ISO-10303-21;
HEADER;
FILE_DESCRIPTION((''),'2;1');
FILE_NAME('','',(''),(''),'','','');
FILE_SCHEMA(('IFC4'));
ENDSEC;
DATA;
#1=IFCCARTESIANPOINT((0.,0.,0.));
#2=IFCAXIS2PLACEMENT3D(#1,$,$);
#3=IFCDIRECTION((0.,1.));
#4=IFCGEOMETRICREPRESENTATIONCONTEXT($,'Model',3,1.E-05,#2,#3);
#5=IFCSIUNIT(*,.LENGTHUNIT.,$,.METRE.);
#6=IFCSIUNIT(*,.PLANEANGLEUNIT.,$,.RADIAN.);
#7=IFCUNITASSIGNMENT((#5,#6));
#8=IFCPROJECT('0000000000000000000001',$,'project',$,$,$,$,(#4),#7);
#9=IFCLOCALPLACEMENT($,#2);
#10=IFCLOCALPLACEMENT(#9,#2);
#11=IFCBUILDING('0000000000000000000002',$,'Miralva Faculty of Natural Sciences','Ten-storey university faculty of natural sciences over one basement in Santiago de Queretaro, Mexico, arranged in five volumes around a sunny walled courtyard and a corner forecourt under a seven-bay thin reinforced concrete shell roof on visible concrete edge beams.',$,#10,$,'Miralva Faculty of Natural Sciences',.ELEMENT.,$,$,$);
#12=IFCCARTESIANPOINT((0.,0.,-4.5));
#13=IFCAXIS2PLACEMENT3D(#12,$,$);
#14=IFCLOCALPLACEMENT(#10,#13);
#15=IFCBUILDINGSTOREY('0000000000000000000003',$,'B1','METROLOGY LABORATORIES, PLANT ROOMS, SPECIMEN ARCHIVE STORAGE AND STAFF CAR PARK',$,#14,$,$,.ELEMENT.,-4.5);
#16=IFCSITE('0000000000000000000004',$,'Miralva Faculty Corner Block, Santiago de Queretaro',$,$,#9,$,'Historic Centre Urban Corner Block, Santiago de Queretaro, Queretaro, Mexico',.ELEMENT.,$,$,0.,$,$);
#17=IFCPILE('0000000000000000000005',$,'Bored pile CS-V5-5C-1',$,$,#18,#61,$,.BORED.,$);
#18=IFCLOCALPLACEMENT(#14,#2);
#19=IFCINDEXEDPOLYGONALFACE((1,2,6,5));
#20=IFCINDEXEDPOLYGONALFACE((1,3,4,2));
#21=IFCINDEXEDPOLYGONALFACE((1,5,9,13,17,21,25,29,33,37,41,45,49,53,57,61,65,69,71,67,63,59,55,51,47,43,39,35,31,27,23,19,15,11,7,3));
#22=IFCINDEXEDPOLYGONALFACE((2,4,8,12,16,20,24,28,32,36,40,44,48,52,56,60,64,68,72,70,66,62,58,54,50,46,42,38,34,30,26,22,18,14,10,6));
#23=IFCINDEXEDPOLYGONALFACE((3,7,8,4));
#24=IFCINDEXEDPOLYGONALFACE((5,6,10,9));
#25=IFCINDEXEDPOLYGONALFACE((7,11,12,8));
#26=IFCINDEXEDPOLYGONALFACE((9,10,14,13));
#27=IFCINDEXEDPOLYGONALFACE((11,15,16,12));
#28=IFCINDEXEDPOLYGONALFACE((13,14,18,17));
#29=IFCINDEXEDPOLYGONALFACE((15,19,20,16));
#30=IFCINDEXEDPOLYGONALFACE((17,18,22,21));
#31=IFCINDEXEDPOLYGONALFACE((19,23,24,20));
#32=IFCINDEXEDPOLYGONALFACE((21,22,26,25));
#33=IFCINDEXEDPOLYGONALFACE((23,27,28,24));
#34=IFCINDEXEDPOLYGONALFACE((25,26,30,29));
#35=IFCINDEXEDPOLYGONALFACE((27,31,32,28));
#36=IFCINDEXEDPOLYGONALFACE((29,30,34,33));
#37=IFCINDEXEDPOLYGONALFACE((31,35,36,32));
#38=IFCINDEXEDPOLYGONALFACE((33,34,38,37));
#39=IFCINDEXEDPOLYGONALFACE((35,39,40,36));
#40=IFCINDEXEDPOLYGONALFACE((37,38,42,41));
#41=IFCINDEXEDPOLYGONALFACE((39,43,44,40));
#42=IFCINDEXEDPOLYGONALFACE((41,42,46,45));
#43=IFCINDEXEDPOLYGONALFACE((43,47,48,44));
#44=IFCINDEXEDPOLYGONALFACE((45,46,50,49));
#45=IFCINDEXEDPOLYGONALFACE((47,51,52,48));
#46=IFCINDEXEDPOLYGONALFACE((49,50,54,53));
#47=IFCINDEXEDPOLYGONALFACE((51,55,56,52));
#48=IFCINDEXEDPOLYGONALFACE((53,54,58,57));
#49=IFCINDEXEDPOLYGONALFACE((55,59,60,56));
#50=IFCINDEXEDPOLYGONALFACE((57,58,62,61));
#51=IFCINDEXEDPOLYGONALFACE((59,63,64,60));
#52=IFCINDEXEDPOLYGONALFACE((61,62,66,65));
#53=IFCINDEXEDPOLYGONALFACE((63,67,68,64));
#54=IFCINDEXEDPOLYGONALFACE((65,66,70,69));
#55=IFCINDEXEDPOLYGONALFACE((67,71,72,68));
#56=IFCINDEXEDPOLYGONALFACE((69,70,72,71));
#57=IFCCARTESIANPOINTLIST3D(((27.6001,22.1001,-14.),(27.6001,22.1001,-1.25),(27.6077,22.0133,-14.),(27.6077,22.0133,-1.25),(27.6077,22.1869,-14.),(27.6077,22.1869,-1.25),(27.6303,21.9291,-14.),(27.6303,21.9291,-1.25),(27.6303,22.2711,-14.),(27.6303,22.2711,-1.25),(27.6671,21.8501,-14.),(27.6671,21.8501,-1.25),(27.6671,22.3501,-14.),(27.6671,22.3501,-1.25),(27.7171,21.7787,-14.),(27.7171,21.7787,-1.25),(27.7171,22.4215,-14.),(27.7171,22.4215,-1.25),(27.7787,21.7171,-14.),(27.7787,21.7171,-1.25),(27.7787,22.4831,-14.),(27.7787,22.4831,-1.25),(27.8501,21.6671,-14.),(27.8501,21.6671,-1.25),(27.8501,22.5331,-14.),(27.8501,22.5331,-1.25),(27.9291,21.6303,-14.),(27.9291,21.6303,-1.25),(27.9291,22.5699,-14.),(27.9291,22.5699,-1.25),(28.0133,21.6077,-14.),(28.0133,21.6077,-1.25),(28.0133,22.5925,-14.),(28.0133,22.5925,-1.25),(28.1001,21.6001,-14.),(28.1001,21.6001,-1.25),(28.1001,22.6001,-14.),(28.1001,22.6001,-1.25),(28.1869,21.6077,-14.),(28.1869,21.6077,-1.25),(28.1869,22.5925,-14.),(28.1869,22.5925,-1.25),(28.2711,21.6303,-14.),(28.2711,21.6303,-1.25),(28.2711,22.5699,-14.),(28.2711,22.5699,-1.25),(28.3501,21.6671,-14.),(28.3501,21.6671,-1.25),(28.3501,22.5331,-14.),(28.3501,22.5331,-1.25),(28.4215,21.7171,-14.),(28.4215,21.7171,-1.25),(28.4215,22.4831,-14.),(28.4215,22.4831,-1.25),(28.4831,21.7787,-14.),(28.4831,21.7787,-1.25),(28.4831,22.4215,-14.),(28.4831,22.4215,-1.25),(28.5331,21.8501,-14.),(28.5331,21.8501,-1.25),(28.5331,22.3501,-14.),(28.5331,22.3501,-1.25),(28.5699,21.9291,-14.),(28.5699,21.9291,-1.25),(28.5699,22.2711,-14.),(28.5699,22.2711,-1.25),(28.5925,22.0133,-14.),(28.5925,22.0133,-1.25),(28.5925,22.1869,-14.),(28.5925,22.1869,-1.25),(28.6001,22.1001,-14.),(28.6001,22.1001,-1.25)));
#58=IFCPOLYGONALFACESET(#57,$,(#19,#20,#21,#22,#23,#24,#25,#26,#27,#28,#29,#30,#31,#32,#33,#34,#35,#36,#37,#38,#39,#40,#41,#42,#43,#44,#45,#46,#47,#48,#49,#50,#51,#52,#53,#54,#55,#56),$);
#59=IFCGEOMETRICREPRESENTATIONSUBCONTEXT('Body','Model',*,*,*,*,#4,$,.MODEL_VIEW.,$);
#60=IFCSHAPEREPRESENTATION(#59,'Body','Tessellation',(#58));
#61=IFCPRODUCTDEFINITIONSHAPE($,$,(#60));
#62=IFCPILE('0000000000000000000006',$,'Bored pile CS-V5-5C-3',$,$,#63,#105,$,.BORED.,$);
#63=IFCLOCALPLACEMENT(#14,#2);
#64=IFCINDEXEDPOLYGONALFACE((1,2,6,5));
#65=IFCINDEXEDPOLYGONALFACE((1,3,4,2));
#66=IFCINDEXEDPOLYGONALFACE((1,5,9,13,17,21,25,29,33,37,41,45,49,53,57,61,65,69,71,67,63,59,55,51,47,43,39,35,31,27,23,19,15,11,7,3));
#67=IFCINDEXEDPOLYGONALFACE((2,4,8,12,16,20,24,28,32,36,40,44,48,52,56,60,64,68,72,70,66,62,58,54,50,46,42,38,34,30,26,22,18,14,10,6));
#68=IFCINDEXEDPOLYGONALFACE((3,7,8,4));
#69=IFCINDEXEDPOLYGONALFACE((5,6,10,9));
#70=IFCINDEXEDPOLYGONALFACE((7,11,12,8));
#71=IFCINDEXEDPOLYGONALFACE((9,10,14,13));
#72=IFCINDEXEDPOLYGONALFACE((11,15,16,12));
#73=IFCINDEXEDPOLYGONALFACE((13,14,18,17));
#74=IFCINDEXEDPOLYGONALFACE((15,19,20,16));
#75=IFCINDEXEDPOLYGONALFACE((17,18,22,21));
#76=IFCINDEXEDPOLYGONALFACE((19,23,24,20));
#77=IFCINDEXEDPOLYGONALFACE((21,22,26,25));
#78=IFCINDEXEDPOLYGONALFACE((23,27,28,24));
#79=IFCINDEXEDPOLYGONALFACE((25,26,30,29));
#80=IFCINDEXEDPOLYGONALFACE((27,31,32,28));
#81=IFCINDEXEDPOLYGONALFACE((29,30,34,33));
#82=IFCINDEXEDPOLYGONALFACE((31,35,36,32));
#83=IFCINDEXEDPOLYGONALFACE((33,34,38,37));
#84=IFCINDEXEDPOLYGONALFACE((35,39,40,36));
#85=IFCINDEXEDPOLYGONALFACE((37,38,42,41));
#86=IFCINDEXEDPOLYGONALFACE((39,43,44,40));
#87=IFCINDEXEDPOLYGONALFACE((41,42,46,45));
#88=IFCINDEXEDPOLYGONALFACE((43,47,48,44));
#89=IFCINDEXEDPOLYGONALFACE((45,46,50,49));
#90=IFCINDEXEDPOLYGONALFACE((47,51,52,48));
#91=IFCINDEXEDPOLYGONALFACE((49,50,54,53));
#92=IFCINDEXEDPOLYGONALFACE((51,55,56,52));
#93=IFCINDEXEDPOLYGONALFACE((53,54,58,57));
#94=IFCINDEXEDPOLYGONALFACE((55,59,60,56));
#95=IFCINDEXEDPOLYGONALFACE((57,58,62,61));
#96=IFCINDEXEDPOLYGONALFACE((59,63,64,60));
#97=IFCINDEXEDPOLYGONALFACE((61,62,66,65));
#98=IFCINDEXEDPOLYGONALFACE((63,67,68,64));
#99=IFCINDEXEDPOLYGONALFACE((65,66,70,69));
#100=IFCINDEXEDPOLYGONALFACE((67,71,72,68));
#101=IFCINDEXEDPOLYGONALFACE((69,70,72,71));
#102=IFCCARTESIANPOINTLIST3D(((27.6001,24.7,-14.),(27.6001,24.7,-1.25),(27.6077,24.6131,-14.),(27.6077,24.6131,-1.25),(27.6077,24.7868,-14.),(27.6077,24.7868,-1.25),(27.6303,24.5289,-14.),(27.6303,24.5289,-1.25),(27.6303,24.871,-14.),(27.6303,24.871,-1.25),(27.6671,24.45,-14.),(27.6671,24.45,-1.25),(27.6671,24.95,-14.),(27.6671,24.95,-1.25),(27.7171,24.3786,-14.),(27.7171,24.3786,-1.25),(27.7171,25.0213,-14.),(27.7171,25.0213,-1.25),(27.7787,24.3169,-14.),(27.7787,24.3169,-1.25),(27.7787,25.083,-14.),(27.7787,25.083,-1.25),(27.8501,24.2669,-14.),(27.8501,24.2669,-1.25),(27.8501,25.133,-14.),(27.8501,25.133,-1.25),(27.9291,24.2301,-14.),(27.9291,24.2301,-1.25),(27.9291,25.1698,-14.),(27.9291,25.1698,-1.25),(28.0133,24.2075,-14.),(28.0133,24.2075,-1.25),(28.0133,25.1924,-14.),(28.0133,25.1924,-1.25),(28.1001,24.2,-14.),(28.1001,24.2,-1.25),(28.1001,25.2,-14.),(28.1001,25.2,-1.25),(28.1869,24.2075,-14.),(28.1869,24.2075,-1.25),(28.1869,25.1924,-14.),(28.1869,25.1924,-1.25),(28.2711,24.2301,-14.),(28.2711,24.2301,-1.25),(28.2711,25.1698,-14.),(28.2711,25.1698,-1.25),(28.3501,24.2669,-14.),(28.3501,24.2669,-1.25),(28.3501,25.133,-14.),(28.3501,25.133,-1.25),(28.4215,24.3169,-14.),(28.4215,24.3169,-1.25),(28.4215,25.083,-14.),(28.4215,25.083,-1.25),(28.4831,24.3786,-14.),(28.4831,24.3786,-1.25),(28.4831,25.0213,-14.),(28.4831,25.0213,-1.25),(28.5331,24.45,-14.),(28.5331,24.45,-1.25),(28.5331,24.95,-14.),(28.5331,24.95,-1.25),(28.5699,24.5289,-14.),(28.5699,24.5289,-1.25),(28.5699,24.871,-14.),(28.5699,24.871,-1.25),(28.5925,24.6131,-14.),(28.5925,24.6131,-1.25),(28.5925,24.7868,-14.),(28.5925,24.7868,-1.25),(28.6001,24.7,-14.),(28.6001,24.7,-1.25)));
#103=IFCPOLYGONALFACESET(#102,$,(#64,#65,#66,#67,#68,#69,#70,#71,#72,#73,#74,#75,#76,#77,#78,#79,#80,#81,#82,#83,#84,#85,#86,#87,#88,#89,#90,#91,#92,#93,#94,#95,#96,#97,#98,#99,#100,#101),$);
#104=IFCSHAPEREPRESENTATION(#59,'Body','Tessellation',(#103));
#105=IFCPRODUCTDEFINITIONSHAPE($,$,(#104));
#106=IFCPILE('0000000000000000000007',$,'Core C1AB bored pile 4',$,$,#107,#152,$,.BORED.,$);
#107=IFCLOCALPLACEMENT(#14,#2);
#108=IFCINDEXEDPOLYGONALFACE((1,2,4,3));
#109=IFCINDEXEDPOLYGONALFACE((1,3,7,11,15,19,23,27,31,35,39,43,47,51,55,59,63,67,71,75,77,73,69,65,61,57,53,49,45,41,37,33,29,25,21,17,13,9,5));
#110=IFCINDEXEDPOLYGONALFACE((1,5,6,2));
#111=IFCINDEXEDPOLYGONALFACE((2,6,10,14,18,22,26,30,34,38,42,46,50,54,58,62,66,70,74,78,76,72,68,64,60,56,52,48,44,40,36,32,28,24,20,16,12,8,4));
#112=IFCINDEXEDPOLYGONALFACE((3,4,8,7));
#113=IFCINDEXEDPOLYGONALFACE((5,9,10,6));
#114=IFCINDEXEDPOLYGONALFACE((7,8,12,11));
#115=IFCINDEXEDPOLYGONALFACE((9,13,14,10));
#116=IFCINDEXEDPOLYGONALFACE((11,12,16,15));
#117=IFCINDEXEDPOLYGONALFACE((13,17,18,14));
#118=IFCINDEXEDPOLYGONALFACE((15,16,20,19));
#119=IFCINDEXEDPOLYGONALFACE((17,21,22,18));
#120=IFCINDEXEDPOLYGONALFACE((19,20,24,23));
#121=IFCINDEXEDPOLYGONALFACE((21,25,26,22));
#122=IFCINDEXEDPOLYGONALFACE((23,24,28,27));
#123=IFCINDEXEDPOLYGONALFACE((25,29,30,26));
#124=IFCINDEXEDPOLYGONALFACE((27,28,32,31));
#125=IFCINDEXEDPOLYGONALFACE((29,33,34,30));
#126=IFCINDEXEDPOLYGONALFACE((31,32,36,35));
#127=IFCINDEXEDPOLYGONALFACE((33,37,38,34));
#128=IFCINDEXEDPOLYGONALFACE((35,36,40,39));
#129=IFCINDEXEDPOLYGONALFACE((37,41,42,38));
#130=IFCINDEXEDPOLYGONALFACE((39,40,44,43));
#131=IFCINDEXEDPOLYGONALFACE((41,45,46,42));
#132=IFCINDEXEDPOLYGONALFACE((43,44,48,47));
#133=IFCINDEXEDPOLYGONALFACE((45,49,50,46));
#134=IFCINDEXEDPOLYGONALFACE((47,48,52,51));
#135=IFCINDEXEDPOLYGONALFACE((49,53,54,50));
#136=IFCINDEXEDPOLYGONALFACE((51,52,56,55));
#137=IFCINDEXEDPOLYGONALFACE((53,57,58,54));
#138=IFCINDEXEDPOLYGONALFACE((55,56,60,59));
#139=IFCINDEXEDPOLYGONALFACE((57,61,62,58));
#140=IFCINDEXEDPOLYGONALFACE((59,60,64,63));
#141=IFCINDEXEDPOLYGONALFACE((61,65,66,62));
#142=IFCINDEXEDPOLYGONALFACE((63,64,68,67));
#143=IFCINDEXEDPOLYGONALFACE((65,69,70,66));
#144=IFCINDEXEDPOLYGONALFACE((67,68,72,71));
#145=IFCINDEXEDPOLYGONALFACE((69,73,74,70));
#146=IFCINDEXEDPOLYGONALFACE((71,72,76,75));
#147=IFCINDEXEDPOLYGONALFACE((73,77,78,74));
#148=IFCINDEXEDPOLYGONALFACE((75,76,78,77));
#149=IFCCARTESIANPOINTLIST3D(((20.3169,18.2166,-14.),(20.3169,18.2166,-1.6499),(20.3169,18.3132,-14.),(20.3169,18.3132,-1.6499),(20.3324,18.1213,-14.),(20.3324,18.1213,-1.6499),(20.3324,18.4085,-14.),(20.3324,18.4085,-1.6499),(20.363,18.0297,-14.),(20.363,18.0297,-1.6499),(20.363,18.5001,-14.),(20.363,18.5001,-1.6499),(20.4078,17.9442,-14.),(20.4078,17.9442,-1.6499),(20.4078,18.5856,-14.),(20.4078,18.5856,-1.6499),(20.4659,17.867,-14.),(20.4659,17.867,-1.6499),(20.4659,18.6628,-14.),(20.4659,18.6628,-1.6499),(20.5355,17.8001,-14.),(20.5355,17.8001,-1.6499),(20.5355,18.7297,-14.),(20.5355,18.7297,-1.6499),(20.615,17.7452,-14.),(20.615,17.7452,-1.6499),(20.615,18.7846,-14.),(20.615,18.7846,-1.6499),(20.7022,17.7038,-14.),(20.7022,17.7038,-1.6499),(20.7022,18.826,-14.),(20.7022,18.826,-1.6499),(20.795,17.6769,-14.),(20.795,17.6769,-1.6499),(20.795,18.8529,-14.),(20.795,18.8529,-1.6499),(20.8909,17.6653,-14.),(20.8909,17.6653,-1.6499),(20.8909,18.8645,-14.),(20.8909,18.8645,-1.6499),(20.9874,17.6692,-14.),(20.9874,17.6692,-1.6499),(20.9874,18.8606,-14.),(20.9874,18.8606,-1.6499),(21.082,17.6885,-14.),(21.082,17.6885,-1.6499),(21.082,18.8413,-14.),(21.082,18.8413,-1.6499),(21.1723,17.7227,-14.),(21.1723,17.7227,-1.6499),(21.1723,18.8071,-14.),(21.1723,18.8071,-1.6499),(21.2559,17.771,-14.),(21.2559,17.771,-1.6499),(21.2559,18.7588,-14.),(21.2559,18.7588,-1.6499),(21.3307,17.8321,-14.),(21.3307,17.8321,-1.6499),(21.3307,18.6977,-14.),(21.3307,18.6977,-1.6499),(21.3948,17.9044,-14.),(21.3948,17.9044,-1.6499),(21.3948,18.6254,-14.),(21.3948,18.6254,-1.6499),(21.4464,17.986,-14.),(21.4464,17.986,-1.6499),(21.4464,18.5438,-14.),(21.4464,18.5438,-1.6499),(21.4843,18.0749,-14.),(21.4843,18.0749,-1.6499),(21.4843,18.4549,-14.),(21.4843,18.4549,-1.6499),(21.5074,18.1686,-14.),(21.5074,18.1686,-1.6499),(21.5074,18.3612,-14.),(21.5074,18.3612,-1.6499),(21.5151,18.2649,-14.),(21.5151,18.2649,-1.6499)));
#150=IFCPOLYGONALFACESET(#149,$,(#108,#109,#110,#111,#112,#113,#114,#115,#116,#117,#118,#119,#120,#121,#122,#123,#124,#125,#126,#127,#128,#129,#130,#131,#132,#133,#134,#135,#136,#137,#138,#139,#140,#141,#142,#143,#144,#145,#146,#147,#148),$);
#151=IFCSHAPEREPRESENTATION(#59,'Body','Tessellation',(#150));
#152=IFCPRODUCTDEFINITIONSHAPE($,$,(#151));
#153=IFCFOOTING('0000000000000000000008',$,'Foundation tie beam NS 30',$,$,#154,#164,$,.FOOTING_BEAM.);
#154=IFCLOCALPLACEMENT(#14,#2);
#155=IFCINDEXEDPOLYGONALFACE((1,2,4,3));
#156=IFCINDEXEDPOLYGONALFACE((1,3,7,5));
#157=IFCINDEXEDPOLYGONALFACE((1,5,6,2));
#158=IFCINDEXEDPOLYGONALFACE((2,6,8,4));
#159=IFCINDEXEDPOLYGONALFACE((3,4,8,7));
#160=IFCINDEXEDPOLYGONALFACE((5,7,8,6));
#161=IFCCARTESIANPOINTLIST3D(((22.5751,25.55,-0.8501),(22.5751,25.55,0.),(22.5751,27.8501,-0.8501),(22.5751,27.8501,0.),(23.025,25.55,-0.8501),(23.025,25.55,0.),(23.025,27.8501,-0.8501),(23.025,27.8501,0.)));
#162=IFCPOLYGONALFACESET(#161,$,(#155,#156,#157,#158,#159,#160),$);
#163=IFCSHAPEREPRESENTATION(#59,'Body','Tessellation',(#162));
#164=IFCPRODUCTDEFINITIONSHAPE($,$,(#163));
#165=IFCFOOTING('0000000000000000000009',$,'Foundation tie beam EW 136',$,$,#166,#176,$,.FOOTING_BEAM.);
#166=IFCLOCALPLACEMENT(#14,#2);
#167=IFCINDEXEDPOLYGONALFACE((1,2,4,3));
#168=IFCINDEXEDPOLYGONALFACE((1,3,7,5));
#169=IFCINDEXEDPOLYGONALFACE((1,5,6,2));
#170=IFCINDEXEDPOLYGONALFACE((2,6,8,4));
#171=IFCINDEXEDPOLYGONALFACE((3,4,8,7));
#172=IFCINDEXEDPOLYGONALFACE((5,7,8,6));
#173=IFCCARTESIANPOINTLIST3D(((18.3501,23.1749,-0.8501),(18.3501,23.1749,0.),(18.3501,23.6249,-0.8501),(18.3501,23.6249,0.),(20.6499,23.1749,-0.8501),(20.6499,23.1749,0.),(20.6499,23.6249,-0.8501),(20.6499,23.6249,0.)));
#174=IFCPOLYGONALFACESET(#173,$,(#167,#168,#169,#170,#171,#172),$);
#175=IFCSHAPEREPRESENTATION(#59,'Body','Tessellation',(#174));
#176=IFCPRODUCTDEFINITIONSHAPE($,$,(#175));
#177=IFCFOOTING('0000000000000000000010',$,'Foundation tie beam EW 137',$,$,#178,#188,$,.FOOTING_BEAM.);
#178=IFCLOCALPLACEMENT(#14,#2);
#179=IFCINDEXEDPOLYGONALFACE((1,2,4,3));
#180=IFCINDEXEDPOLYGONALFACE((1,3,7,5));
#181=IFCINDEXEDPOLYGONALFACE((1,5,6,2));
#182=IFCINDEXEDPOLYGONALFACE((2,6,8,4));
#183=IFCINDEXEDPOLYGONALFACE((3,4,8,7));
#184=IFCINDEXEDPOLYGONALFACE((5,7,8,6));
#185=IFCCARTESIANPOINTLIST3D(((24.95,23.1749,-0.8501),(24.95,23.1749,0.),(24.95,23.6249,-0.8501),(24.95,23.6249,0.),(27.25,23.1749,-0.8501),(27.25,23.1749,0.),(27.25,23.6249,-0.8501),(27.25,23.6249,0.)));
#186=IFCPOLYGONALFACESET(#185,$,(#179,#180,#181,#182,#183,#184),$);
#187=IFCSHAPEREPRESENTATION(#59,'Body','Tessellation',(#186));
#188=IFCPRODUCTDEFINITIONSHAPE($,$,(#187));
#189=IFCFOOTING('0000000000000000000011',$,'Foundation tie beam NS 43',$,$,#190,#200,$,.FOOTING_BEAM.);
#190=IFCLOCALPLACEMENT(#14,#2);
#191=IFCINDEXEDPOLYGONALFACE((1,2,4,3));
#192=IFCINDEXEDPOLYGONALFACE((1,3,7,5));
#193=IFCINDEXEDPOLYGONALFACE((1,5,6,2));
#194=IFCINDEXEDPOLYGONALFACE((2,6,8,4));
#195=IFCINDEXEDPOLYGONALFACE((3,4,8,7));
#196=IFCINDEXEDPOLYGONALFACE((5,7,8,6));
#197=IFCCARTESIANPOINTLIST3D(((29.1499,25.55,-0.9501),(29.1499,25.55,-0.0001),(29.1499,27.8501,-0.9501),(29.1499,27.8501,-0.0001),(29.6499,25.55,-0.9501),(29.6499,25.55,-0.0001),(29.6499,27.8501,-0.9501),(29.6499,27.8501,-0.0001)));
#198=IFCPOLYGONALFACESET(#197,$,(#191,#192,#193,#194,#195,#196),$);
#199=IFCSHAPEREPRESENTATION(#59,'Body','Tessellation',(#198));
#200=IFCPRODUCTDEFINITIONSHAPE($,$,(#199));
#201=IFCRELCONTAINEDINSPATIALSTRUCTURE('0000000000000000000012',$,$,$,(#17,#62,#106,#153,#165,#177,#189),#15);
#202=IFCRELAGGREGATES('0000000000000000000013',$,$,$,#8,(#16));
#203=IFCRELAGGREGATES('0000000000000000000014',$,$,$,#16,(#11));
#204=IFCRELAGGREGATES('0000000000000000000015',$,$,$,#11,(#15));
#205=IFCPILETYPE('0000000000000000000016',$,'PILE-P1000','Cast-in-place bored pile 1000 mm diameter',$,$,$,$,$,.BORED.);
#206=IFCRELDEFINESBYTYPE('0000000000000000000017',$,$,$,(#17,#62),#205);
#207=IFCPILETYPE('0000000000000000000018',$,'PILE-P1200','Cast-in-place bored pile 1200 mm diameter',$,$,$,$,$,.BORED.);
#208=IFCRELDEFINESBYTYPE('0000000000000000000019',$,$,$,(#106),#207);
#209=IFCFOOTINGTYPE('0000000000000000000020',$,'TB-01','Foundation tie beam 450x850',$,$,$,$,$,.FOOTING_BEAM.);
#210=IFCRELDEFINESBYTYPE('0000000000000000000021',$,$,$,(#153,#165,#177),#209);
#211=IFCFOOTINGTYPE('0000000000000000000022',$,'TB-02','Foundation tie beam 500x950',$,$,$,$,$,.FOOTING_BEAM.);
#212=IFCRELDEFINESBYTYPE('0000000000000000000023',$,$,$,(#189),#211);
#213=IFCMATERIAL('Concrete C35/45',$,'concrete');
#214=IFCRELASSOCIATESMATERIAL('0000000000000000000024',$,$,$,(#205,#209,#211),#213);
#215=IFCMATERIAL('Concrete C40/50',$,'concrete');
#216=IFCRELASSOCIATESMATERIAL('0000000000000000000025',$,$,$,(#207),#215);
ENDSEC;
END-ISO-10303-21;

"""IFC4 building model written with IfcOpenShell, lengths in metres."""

from ifc_helpers import new_model, si_unit, direction, frame, origin, origin_2d, place, context, subcontext, project, spatial, rectangle, circle, extrude, material, material_profile, profile_set, type_object, element, save


model = new_model("IFC4")

# Units and contexts
model_context = context("Model", 3, precision=1e-05, world=origin(), true_north=direction((0.0, 1.0)))
body_context = subcontext(model_context, "Body", "Model", "MODEL_VIEW")
ifc_project = project(units=[si_unit("LENGTHUNIT", "METRE"), si_unit("PLANEANGLEUNIT", "RADIAN")], contexts=[model_context])

# Site, building, storey
site_placement = place(None, origin())
site = spatial("IfcSite", under=ifc_project, at=site_placement, Name="Miralva Faculty Corner Block, Santiago de Queretaro", LongName="Historic Centre Urban Corner Block, Santiago de Queretaro, Queretaro, Mexico", CompositionType="ELEMENT", RefElevation=0.0)
building_placement = place(site_placement, origin())
building = spatial("IfcBuilding", under=site, at=building_placement, Name="Miralva Faculty of Natural Sciences", Description="Ten-storey university faculty of natural sciences over one basement in Santiago de Queretaro, Mexico, arranged in five volumes around a sunny walled courtyard and a corner forecourt under a seven-bay thin reinforced concrete shell roof on visible concrete edge beams.", LongName="Miralva Faculty of Natural Sciences", CompositionType="ELEMENT")
storey_placement = place(building_placement, frame((0.0, 0.0, -4.5)))
storey = spatial("IfcBuildingStorey", under=building, at=storey_placement, Name="B1", Description="METROLOGY LABORATORIES, PLANT ROOMS, SPECIMEN ARCHIVE STORAGE AND STAFF CAR PARK", CompositionType="ELEMENT", Elevation=-4.5)

# Shared definitions
ifc_material_1 = material(Name="Concrete C35/45", Category="concrete")

# Piles
ifc_material_profile_1 = material_profile(ifc_material_1, circle(Radius=0.5, at=origin_2d()), Name="BORED PILE 1000")
ifc_profile_set_1 = profile_set([ifc_material_profile_1], Name="Concrete C35/45")
pile_type_1 = type_object("IfcPileType", Name="PILE-P1000", Description="Cast-in-place bored pile 1000 mm diameter", PredefinedType="BORED", material=ifc_profile_set_1)
for number, where, z_axis, x_axis, name in (
    (1, (28.1001, 22.1001, -1.25), (0.0, 0.0, -1.0), (1.0, 0.0, 0.0), "Bored pile CS-V5-5C-1"),
    (2, (28.1001, 24.7, -1.25), (0.0, 0.0, -1.0), (1.0, 0.0, 0.0), "Bored pile CS-V5-5C-3"),
):
    element("IfcPile", number, at=place(storey_placement, frame(where, z_axis=z_axis, x_axis=x_axis)), inside=storey, type_object=pile_type_1, Name=name, PredefinedType="BORED", context=body_context, shape_type="SweptSolid", body=[
        extrude(circle(Radius=0.5, at=origin_2d()), origin(), (0.0, 0.0, 1.0), 12.75),
    ])
ifc_material_2 = material(Name="Concrete C40/50", Category="concrete")
ifc_material_profile_2 = material_profile(ifc_material_2, circle(Radius=0.6001, at=origin_2d()), Name="BORED PILE 1200")
ifc_profile_set_2 = profile_set([ifc_material_profile_2], Name="Concrete C40/50")
pile_type_2 = type_object("IfcPileType", Name="PILE-P1200", Description="Cast-in-place bored pile 1200 mm diameter", PredefinedType="BORED", material=ifc_profile_set_2)
pile_placement = place(storey_placement, frame((20.915, 18.2649, -1.6499), z_axis=(0.0, 0.0, -1.0), x_axis=(1.0, 0.0, 0.0)))
element("IfcPile", 3, at=pile_placement, inside=storey, type_object=pile_type_2, Name="Core C1AB bored pile 4", PredefinedType="BORED", context=body_context, shape_type="SweptSolid", body=[
    extrude(circle(Radius=0.6001, at=origin_2d()), origin(), (0.0, 0.0, 1.0), 12.3501),
])

# Footings
ifc_material_profile_3 = material_profile(ifc_material_1, rectangle(XDim=0.45, YDim=0.8501, at=origin_2d()), Name="RC 450x850")
ifc_profile_set_3 = profile_set([ifc_material_profile_3], Name="Concrete C35/45")
footing_type_1 = type_object("IfcFootingType", Name="TB-01", Description="Foundation tie beam 450x850", PredefinedType="FOOTING_BEAM", material=ifc_profile_set_3)
footing_1_placement = place(storey_placement, frame((22.8, 25.55, -0.425), z_axis=(0.0, 1.0, 0.0), x_axis=(-1.0, 0.0, 0.0)))
element("IfcFooting", 4, at=footing_1_placement, inside=storey, type_object=footing_type_1, Name="Foundation tie beam NS 30", PredefinedType="FOOTING_BEAM", context=body_context, shape_type="SweptSolid", body=[
    extrude(rectangle(XDim=0.45, YDim=0.8501, at=origin_2d()), origin(), (0.0, 0.0, 1.0), 2.3),
])
footing_2_placement = place(storey_placement, frame((18.3501, 23.3999, -0.425), z_axis=(1.0, 0.0, 0.0), x_axis=(0.0, 1.0, 0.0)))
element("IfcFooting", 5, at=footing_2_placement, inside=storey, type_object=footing_type_1, Name="Foundation tie beam EW 136", PredefinedType="FOOTING_BEAM", context=body_context, shape_type="SweptSolid", body=[
    extrude(rectangle(XDim=0.45, YDim=0.8501, at=origin_2d()), origin(), (0.0, 0.0, 1.0), 2.2998),
])
footing_3_placement = place(storey_placement, frame((24.95, 23.3999, -0.425), z_axis=(1.0, 0.0, 0.0), x_axis=(0.0, 1.0, 0.0)))
element("IfcFooting", 6, at=footing_3_placement, inside=storey, type_object=footing_type_1, Name="Foundation tie beam EW 137", PredefinedType="FOOTING_BEAM", context=body_context, shape_type="SweptSolid", body=[
    extrude(rectangle(XDim=0.45, YDim=0.8501, at=origin_2d()), origin(), (0.0, 0.0, 1.0), 2.3),
])
ifc_material_profile_4 = material_profile(ifc_material_1, rectangle(XDim=0.5, YDim=0.95, at=origin_2d()), Name="RC 500x950")
ifc_profile_set_4 = profile_set([ifc_material_profile_4], Name="Concrete C35/45")
footing_type_2 = type_object("IfcFootingType", Name="TB-02", Description="Foundation tie beam 500x950", PredefinedType="FOOTING_BEAM", material=ifc_profile_set_4)
footing_4_placement = place(storey_placement, frame((29.3999, 25.55, -0.4751), z_axis=(0.0, 1.0, 0.0), x_axis=(-1.0, 0.0, 0.0)))
element("IfcFooting", 7, at=footing_4_placement, inside=storey, type_object=footing_type_2, Name="Foundation tie beam NS 43", PredefinedType="FOOTING_BEAM", context=body_context, shape_type="SweptSolid", body=[
    extrude(rectangle(XDim=0.5, YDim=0.95, at=origin_2d()), origin(), (0.0, 0.0, 1.0), 2.3),
])

save(model, "model.ifc")
